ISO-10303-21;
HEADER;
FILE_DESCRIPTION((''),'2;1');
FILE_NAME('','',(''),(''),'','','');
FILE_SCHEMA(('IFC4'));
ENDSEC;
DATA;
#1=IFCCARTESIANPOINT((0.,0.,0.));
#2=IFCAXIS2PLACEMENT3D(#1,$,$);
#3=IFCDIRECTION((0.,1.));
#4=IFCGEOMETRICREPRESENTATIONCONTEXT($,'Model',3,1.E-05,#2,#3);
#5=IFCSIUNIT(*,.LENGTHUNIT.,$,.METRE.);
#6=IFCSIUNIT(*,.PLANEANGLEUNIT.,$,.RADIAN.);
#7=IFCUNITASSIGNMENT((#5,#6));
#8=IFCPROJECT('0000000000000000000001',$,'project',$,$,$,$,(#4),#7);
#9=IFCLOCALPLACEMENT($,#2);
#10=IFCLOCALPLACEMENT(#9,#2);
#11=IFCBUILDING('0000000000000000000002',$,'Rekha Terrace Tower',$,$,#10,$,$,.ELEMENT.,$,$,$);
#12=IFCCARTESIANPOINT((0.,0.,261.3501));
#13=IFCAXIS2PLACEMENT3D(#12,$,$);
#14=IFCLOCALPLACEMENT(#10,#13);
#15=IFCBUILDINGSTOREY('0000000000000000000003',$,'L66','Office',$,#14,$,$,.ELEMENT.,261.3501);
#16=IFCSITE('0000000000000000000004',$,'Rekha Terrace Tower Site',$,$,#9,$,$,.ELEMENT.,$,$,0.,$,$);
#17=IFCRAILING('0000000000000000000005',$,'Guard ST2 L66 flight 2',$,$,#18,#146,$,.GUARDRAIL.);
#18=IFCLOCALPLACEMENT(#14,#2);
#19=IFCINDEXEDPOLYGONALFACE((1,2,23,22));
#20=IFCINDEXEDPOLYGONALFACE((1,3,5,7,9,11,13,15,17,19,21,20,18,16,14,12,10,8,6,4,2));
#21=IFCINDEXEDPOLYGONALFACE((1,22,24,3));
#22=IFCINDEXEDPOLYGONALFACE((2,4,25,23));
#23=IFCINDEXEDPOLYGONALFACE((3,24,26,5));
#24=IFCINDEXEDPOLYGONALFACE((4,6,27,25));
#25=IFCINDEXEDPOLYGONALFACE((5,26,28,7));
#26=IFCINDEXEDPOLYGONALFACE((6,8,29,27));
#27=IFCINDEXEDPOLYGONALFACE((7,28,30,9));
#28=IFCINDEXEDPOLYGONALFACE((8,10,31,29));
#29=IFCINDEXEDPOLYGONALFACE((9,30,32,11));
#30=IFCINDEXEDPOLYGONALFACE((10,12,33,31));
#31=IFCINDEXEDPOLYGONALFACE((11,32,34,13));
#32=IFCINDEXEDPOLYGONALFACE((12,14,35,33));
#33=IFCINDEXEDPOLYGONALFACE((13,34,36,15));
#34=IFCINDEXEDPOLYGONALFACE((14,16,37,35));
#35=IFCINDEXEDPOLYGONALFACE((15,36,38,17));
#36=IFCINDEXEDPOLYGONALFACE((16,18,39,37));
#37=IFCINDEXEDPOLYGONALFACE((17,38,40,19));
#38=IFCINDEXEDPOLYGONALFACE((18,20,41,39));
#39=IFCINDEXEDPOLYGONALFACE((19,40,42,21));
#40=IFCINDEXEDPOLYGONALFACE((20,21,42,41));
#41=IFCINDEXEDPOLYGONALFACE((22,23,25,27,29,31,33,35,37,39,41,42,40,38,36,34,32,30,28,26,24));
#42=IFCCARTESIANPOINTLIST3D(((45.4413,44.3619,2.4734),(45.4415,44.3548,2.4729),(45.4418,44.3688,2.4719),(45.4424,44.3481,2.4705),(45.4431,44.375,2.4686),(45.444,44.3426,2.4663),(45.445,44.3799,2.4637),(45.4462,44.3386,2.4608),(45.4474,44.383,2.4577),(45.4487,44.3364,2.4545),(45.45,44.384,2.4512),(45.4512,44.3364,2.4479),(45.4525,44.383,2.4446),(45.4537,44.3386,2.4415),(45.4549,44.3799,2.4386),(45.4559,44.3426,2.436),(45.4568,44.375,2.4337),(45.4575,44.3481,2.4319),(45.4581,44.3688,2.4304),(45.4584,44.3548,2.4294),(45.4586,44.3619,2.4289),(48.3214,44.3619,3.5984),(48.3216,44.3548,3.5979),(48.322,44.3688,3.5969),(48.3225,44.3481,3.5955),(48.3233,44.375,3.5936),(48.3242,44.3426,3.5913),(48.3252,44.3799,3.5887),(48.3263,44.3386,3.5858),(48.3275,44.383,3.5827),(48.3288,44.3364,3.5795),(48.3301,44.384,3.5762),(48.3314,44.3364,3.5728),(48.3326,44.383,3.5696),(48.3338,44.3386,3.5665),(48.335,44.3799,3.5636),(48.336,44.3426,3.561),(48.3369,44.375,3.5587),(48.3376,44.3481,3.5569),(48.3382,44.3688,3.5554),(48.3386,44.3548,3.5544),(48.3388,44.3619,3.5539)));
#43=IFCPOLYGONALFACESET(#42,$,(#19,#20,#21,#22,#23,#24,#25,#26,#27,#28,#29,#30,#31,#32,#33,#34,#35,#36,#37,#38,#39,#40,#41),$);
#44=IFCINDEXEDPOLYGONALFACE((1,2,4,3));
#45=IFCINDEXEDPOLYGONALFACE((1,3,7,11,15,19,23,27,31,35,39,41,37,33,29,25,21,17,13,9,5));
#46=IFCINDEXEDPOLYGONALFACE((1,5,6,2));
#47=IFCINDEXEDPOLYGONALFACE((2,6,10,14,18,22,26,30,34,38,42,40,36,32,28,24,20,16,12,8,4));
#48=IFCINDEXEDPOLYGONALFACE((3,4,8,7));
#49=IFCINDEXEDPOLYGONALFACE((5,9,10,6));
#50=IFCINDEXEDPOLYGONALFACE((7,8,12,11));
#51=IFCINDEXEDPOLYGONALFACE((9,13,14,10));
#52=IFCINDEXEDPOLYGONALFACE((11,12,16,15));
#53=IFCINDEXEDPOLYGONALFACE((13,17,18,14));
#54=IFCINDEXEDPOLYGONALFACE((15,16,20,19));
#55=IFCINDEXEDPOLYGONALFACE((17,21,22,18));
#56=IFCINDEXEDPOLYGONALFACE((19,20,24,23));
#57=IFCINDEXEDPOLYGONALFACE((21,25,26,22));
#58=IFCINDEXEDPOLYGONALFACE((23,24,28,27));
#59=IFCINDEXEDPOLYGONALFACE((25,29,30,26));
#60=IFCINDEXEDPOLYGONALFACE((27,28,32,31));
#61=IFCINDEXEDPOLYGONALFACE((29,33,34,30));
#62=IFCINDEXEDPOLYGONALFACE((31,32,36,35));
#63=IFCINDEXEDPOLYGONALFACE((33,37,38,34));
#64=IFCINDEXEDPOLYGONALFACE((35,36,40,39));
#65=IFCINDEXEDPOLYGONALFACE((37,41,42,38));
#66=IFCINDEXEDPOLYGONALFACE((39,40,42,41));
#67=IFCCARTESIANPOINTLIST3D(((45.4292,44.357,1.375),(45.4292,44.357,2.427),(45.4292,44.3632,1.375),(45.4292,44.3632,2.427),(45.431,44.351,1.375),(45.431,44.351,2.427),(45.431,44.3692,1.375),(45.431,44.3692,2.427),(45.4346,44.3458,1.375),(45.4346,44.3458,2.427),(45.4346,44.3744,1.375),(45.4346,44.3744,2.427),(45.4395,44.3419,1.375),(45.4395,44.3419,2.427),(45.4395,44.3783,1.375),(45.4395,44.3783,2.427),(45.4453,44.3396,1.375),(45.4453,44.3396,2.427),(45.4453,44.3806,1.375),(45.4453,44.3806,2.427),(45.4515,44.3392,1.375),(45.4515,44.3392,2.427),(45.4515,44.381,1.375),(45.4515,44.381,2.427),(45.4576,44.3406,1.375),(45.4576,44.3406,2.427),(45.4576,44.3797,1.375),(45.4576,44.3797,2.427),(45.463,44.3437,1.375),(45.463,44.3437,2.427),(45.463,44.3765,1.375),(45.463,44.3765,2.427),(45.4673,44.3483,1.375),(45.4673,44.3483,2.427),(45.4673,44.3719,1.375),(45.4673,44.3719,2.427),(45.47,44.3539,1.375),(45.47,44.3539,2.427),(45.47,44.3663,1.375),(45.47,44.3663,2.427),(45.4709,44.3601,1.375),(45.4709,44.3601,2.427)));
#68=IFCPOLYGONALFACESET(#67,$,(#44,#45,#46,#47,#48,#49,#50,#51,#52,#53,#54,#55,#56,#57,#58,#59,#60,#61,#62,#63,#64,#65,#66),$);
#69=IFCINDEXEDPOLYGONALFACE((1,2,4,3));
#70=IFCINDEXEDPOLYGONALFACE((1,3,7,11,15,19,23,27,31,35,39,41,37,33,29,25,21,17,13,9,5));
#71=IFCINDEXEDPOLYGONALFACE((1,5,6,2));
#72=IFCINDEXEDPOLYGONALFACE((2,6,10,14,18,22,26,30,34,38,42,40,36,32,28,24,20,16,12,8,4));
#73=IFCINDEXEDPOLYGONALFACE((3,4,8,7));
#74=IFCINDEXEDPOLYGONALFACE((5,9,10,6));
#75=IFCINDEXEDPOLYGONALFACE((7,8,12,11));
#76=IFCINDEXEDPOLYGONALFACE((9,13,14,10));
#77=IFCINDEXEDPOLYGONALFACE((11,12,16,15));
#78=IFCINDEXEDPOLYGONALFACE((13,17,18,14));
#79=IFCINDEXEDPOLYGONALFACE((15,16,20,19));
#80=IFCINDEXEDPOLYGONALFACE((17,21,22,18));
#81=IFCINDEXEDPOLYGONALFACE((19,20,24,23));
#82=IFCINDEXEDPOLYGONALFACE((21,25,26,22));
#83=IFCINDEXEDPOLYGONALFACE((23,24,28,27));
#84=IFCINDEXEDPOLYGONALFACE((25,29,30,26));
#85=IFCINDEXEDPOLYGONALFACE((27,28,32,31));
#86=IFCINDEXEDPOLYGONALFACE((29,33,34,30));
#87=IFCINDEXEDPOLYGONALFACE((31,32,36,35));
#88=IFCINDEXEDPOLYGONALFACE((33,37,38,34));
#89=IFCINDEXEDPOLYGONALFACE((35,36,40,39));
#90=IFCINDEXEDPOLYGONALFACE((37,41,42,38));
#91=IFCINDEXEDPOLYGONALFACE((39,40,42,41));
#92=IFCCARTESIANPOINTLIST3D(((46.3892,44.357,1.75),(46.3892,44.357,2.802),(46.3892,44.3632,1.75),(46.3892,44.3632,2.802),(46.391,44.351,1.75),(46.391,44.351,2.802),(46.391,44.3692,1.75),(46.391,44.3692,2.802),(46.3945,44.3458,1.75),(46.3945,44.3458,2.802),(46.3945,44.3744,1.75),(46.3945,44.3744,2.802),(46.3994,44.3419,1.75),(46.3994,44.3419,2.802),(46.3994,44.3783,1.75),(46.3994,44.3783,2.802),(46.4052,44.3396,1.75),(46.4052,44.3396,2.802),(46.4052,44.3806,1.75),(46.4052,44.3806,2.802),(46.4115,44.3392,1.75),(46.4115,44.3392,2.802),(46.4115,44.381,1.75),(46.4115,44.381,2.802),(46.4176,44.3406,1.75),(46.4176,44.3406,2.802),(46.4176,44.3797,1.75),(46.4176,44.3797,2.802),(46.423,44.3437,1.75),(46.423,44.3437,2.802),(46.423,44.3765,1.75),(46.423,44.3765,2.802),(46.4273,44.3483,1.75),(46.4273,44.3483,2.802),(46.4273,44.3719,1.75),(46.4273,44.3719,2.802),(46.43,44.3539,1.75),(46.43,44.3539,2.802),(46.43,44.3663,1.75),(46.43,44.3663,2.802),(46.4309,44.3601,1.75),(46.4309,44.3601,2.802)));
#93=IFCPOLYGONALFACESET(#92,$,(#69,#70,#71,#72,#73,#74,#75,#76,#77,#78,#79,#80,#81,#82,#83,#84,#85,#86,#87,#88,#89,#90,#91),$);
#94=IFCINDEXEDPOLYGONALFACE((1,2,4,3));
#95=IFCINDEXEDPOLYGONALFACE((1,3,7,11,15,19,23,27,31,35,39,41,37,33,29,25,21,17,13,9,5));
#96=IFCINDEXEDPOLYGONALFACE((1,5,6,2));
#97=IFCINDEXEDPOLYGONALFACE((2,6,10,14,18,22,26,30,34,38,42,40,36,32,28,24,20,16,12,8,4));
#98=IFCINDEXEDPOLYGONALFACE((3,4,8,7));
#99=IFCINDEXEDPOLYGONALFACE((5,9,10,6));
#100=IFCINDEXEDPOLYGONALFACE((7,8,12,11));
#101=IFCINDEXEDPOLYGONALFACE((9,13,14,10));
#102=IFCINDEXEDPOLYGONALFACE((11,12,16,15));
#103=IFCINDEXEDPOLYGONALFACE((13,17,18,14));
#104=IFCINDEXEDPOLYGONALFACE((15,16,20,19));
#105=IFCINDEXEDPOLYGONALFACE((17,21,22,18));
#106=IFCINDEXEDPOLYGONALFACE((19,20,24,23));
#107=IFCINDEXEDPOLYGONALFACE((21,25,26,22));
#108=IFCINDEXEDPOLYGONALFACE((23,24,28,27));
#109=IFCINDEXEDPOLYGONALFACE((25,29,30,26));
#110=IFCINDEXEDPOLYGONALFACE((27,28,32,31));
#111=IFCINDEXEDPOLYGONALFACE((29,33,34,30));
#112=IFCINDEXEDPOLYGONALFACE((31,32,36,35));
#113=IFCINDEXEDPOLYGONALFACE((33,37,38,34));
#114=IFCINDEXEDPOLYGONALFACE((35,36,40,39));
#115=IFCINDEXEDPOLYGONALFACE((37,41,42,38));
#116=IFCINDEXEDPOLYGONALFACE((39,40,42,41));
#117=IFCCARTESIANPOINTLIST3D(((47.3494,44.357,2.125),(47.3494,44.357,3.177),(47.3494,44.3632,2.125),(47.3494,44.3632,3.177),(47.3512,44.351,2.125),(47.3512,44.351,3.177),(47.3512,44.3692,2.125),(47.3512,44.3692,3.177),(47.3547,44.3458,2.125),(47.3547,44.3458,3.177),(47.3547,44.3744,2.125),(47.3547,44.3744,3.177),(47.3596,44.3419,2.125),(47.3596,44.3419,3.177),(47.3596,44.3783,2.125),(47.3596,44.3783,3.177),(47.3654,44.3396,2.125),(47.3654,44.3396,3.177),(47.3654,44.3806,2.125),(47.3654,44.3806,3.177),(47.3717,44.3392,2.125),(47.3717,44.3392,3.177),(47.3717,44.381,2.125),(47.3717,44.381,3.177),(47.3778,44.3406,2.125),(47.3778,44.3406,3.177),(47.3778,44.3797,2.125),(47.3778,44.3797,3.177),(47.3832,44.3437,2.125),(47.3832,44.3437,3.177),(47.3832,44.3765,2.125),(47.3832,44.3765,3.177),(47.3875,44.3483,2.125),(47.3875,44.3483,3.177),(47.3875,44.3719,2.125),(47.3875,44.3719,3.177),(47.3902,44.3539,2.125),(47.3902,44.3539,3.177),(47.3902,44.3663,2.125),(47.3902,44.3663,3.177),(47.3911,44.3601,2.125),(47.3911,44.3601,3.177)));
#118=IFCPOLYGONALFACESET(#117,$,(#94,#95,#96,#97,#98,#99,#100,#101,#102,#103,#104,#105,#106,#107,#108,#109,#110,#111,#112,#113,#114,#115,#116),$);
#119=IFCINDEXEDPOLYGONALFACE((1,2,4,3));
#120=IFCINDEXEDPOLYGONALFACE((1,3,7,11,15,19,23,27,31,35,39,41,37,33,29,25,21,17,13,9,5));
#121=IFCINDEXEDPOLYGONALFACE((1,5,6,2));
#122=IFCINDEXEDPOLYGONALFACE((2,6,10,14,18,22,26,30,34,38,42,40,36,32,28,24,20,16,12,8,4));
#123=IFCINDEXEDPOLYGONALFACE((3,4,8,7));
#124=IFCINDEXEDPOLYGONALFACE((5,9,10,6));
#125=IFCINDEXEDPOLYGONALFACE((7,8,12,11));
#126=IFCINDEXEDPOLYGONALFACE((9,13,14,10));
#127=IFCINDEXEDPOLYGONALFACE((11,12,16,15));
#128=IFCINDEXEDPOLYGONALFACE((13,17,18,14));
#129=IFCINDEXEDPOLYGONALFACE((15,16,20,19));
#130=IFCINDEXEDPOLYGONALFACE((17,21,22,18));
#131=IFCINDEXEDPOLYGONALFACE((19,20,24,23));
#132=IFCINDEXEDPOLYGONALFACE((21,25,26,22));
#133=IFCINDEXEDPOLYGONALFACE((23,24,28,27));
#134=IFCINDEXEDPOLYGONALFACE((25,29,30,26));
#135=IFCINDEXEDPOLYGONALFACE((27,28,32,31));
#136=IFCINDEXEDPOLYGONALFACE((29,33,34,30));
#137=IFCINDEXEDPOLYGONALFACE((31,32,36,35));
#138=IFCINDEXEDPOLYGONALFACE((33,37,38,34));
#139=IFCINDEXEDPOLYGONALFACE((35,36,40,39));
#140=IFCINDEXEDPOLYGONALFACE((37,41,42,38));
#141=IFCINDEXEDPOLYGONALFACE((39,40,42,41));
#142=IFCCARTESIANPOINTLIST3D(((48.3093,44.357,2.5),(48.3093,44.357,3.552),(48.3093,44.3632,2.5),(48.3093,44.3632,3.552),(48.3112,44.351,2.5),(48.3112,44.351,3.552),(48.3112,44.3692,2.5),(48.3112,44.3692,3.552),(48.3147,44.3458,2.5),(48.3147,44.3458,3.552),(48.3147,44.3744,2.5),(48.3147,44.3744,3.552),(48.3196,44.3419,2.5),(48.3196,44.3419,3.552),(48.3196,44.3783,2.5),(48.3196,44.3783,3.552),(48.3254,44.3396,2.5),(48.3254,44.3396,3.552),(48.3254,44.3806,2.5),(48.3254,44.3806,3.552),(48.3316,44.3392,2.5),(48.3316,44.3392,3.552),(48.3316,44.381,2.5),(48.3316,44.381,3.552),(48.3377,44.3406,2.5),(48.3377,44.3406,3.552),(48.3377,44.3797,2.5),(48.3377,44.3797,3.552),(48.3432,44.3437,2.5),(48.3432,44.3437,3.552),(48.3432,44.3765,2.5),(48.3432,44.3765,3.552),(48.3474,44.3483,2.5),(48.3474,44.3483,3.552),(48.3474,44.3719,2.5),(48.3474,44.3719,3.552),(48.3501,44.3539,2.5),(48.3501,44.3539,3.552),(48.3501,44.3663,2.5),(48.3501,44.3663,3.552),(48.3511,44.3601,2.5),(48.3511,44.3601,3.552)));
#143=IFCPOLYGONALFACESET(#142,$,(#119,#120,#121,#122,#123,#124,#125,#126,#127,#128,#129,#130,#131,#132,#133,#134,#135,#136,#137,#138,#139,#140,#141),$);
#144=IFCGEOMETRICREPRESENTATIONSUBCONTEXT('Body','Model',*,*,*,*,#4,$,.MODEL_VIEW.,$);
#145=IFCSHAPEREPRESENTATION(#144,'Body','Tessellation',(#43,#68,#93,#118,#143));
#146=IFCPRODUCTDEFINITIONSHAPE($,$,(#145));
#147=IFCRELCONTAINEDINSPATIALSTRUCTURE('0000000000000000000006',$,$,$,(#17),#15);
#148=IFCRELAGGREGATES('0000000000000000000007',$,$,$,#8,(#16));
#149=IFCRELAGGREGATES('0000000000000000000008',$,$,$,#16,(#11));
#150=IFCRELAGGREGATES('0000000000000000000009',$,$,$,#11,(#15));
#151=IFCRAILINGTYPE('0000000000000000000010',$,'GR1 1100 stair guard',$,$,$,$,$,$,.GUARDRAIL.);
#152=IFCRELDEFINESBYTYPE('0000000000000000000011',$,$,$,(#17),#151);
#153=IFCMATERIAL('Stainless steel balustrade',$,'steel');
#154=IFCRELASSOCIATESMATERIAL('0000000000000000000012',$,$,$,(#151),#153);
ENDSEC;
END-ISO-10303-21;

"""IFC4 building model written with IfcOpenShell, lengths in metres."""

from ifc_helpers import new_model, si_unit, direction, frame, origin, origin_2d, place, context, subcontext, project, spatial, circle, extrude, material, type_object, element, save


model = new_model("IFC4")

# Units and contexts
model_context = context("Model", 3, precision=1e-05, world=origin(), true_north=direction((0.0, 1.0)))
body_context = subcontext(model_context, "Body", "Model", "MODEL_VIEW")
ifc_project = project(units=[si_unit("LENGTHUNIT", "METRE"), si_unit("PLANEANGLEUNIT", "RADIAN")], contexts=[model_context])

# Site, building, storey
site_placement = place(None, origin())
site = spatial("IfcSite", under=ifc_project, at=site_placement, Name="Rekha Terrace Tower Site", CompositionType="ELEMENT", RefElevation=0.0)
building_placement = place(site_placement, origin())
building = spatial("IfcBuilding", under=site, at=building_placement, Name="Rekha Terrace Tower", CompositionType="ELEMENT")
storey_placement = place(building_placement, frame((0.0, 0.0, 261.3501)))
storey = spatial("IfcBuildingStorey", under=building, at=storey_placement, Name="L66", Description="Office", CompositionType="ELEMENT", Elevation=261.3501)

# Railing
ifc_material_1 = material(Name="Stainless steel balustrade", Category="steel")
railing_type = type_object("IfcRailingType", Name="GR1 1100 stair guard", PredefinedType="GUARDRAIL", material=ifc_material_1)
railing_placement = place(storey_placement, frame((45.45, 44.3601, 1.375)))
element("IfcRailing", 1, at=railing_placement, inside=storey, type_object=railing_type, Name="Guard ST2 L66 flight 2", PredefinedType="GUARDRAIL", context=body_context, shape_type="SweptSolid", body=[
    extrude(circle(Radius=0.0239, at=origin_2d()), frame((0.0, 0.0, 1.0762), z_axis=(0.931463, 0.0, 0.363837), x_axis=(0.0, 1.0, 0.0)), (0.0, 0.0, 1.0), 3.092),
    extrude(circle(Radius=0.021, at=origin_2d()), origin(), (0.0, 0.0, 1.0), 1.052),
    extrude(circle(Radius=0.021, at=origin_2d()), frame((0.96, 0.0, 0.375)), (0.0, 0.0, 1.0), 1.052),
    extrude(circle(Radius=0.021, at=origin_2d()), frame((1.9202, 0.0, 0.75)), (0.0, 0.0, 1.0), 1.052),
    extrude(circle(Radius=0.021, at=origin_2d()), frame((2.8801, 0.0, 1.125)), (0.0, 0.0, 1.0), 1.052),
])

save(model, "model.ifc")
